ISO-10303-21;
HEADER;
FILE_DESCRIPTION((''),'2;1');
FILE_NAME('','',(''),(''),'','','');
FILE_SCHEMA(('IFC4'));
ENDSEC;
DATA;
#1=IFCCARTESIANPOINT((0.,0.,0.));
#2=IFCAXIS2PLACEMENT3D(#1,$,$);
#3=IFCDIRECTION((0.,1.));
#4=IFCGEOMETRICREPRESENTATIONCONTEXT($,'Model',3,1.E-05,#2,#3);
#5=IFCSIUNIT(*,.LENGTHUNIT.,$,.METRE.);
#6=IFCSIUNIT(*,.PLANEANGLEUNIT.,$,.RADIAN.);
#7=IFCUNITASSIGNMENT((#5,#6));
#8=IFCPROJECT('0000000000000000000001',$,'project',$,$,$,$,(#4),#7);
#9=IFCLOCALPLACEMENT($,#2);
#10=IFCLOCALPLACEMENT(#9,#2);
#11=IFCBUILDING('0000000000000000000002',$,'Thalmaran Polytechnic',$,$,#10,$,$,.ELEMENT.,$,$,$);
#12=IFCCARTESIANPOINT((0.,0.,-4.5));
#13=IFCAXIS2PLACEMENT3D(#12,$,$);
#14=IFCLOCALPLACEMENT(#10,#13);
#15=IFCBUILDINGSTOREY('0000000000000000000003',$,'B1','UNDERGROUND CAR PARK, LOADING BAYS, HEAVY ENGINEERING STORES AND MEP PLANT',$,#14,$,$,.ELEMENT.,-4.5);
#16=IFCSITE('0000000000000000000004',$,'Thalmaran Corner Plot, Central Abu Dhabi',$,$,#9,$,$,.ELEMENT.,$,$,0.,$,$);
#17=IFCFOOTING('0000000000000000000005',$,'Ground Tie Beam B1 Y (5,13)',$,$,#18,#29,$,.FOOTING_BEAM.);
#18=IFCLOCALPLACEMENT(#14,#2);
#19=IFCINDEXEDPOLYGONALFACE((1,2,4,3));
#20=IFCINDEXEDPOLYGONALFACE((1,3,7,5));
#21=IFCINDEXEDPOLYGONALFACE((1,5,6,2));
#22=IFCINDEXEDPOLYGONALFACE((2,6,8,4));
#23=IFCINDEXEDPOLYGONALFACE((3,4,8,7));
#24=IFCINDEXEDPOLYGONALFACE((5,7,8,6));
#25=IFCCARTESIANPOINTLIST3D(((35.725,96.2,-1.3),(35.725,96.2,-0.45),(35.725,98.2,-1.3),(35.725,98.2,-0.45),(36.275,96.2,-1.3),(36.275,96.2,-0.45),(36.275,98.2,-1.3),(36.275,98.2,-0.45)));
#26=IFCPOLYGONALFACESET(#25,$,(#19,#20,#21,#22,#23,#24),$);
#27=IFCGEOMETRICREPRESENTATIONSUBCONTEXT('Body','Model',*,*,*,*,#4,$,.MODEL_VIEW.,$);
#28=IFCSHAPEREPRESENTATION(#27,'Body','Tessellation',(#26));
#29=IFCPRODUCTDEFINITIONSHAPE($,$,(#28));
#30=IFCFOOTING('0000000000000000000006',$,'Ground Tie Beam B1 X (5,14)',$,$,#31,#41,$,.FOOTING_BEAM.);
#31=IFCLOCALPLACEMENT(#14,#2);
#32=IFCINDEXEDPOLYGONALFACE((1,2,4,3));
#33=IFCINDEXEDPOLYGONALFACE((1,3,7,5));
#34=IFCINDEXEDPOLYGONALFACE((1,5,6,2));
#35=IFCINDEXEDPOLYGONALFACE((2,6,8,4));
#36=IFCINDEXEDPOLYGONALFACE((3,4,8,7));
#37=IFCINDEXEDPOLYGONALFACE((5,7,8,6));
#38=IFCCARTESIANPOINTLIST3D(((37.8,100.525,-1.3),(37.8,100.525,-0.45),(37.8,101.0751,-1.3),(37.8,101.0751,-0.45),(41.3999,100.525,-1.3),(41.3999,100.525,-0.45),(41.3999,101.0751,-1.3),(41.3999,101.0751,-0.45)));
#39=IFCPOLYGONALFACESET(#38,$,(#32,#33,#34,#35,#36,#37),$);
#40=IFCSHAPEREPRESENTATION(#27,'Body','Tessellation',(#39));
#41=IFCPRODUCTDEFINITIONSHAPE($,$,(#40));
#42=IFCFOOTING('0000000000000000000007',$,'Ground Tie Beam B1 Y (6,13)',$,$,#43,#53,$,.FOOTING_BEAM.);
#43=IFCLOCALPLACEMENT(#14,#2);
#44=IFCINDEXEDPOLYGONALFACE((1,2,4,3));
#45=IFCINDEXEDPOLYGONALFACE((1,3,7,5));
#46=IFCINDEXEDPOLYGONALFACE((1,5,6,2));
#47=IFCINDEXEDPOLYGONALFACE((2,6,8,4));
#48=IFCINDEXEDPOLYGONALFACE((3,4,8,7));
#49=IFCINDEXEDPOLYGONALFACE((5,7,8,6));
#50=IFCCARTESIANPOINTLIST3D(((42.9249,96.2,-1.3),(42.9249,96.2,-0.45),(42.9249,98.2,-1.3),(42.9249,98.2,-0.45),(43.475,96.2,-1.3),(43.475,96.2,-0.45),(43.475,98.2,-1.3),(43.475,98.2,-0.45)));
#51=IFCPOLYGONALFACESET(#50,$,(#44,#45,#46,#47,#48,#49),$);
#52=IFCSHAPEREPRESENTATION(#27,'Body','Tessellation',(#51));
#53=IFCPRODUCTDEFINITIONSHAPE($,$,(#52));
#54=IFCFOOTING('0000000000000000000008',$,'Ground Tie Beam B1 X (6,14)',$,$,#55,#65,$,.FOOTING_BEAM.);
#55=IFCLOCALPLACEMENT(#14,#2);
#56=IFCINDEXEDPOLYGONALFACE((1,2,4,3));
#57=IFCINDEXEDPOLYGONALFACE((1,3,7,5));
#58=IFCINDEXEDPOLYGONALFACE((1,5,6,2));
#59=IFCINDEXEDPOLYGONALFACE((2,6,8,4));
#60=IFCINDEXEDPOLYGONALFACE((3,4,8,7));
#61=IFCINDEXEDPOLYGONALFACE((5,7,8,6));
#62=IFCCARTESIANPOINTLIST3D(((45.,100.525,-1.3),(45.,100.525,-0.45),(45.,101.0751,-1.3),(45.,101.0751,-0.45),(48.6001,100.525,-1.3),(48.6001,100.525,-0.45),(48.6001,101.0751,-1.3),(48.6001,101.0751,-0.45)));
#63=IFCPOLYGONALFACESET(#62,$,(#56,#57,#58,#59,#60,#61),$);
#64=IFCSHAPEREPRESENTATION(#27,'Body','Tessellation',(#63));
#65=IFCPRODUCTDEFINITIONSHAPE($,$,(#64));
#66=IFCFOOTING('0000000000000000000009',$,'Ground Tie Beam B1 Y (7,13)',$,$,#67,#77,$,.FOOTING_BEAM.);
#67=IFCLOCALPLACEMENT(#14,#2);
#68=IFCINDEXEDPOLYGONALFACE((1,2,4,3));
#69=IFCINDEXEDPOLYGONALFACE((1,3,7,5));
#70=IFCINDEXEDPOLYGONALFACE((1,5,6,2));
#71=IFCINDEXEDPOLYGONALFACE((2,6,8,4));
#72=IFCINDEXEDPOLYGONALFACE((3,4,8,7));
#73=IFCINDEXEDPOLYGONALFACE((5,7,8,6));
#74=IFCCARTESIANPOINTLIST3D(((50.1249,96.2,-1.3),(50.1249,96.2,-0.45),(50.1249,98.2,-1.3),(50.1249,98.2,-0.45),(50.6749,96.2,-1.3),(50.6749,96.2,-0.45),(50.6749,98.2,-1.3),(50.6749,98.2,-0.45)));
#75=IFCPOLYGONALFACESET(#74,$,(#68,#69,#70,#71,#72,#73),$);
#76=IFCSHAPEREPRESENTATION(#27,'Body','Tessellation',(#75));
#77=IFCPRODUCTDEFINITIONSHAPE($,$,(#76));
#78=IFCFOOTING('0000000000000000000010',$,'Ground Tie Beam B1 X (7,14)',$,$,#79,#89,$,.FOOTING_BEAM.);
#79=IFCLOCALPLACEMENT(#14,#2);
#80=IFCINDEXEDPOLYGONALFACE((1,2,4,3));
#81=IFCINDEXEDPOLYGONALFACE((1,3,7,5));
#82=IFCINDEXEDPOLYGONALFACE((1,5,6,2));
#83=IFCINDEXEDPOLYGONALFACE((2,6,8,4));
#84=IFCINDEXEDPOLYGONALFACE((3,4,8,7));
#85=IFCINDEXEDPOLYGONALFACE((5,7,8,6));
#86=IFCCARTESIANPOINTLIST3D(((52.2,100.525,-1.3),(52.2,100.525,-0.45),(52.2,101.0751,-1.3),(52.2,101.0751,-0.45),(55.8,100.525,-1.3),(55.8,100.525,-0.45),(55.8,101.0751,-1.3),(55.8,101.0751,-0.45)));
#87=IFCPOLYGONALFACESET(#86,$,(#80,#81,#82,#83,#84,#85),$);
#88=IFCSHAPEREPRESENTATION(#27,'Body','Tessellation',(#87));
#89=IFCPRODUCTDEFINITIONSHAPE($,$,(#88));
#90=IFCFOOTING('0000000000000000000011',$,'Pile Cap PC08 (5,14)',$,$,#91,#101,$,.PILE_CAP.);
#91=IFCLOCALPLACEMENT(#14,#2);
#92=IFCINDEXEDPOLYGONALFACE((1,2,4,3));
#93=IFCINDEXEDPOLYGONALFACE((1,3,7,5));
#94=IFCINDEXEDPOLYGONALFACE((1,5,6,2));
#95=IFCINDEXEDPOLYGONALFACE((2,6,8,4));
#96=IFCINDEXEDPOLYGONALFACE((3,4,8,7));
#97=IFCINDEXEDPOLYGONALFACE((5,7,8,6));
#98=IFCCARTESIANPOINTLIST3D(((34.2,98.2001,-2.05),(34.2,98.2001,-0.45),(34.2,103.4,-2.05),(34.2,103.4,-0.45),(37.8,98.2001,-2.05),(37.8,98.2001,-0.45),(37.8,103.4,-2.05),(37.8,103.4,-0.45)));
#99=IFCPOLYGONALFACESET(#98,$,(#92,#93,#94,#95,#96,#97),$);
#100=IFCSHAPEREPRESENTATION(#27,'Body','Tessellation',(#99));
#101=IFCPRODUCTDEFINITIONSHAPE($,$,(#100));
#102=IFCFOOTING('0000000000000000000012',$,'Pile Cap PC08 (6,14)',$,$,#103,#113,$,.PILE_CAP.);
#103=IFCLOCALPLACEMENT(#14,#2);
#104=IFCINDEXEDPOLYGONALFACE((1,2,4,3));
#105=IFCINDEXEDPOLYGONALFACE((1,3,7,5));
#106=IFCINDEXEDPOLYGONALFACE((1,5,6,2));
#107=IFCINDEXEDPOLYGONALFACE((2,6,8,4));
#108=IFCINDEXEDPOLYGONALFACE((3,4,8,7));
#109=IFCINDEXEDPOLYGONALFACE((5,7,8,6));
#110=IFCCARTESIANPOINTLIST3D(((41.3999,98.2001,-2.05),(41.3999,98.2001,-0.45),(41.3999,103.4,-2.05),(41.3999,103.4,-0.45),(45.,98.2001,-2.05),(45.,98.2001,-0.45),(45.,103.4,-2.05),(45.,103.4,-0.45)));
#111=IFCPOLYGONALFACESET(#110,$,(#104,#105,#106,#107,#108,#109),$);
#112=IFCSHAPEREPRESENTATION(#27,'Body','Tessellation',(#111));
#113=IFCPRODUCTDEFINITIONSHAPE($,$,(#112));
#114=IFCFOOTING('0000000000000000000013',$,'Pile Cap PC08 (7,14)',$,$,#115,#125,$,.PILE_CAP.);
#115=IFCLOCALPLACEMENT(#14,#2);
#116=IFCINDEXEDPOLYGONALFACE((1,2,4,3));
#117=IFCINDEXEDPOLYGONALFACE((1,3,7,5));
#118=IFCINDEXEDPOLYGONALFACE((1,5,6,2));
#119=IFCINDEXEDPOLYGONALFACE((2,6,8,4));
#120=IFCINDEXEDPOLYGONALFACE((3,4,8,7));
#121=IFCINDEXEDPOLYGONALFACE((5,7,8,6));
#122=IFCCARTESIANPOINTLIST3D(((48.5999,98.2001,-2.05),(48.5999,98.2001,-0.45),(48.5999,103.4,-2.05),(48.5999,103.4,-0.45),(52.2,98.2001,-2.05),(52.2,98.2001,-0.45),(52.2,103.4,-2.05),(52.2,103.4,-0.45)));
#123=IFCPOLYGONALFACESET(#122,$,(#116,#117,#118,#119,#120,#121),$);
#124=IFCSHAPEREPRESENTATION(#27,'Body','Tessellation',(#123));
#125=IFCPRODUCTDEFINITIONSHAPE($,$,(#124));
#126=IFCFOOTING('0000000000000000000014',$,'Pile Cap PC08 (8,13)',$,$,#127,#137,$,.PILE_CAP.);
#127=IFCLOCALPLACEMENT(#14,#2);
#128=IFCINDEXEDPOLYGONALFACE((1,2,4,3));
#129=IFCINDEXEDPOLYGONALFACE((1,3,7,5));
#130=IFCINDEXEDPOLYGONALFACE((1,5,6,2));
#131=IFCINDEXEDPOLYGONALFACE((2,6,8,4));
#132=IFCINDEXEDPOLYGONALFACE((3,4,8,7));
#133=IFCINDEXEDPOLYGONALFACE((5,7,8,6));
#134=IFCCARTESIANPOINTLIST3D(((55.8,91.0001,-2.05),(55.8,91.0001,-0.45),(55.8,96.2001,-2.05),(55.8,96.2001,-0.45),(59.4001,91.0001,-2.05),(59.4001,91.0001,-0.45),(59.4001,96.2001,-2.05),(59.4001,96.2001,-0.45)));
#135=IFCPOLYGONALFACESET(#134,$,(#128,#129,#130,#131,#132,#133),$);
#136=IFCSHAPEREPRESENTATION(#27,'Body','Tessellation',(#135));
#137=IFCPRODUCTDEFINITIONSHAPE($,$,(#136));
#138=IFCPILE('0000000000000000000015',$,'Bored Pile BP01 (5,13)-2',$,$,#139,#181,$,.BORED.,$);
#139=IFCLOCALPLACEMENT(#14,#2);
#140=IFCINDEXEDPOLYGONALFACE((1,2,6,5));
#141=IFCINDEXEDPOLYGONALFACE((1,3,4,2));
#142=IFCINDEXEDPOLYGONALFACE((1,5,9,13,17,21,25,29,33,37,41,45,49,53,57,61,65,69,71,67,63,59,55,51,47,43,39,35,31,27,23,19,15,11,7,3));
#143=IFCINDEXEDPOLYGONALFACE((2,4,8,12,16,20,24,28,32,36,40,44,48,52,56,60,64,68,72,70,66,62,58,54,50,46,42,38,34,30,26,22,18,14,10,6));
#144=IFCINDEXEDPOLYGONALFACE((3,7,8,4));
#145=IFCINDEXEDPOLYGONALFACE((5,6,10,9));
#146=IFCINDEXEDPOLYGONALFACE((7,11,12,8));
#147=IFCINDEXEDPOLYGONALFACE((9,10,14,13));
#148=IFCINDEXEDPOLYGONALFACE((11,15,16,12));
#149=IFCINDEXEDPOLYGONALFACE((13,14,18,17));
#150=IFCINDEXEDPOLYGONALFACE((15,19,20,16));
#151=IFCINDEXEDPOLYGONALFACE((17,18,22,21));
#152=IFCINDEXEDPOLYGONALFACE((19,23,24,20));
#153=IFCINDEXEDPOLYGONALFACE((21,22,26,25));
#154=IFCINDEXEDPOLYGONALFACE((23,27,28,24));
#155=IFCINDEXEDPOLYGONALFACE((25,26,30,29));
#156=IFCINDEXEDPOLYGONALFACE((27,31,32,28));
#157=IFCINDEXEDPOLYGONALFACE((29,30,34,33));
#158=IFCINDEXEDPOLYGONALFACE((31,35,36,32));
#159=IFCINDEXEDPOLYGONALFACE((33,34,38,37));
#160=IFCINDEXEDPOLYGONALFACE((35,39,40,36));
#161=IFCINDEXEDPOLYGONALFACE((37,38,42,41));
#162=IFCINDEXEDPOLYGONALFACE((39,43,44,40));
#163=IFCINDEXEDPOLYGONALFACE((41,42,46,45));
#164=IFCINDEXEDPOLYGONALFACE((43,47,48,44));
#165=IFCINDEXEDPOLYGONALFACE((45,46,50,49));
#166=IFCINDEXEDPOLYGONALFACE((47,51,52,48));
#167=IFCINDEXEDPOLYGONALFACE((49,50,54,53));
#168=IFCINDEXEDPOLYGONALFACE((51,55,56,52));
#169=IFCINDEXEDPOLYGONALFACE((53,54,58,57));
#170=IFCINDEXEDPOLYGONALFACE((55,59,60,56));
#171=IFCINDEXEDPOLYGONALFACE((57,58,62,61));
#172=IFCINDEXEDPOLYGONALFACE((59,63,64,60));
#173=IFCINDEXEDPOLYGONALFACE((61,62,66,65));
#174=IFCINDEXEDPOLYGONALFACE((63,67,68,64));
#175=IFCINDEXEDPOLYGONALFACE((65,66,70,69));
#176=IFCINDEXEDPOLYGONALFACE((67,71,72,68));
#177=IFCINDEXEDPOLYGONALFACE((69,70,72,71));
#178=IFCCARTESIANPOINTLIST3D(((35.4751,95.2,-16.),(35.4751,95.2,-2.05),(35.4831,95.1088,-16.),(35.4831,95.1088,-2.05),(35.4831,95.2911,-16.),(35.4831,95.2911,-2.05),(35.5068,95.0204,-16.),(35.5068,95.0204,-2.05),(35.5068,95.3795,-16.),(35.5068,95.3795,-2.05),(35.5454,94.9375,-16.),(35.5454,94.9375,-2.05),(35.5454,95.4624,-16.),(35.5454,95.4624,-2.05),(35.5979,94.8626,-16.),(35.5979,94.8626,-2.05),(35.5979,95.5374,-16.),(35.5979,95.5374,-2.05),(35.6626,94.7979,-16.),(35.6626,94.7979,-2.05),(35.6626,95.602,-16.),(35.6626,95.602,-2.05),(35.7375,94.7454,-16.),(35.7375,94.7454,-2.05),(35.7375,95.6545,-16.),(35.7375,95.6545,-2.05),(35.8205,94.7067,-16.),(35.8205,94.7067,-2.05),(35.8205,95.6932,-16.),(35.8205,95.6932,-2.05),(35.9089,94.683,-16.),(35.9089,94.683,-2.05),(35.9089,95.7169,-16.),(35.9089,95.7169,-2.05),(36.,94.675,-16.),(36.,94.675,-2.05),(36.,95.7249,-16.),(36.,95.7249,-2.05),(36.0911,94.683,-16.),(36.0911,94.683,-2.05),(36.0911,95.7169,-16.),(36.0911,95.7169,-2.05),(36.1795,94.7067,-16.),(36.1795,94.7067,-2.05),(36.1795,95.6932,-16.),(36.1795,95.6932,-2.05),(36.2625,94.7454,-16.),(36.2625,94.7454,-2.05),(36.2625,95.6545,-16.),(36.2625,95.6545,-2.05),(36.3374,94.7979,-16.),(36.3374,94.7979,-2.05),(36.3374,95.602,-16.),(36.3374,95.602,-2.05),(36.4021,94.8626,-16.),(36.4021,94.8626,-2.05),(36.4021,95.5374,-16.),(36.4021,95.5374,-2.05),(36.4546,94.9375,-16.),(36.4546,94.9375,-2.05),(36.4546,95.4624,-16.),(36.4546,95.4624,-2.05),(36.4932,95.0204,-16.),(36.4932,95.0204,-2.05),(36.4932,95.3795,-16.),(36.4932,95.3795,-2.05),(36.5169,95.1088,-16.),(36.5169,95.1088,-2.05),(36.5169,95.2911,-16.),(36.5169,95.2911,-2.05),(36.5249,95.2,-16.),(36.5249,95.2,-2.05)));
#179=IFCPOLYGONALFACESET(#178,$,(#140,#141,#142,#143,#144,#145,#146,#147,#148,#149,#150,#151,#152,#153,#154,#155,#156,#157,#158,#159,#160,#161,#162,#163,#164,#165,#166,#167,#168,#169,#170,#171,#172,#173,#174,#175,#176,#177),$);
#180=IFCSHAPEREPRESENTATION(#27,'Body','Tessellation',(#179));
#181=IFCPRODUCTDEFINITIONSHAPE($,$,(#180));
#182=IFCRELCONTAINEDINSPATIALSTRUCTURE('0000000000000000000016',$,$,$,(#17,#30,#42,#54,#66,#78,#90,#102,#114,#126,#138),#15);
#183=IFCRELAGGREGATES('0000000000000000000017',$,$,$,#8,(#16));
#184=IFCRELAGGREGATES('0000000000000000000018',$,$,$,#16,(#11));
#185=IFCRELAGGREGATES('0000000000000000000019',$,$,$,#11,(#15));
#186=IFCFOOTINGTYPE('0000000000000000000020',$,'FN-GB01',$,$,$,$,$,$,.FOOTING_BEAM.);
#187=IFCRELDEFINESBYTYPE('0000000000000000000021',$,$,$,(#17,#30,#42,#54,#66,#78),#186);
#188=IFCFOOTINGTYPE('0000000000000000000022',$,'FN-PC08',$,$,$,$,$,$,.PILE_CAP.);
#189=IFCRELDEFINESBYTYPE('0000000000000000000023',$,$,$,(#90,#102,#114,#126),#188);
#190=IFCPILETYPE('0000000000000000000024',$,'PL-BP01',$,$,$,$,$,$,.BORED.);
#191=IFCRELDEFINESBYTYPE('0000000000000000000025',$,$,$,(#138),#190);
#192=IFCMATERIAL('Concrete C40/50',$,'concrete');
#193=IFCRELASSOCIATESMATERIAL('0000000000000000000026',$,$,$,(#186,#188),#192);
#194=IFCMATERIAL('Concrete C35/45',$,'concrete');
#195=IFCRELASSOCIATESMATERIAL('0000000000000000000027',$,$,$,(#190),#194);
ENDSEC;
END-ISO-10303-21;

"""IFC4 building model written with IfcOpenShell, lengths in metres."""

from ifc_helpers import new_model, si_unit, direction, frame, origin, origin_2d, place, context, subcontext, project, spatial, rectangle, circle, extrude, material, material_profile, profile_set, type_object, element, save


model = new_model("IFC4")

# Units and contexts
model_context = context("Model", 3, precision=1e-05, world=origin(), true_north=direction((0.0, 1.0)))
body_context = subcontext(model_context, "Body", "Model", "MODEL_VIEW")
ifc_project = project(units=[si_unit("LENGTHUNIT", "METRE"), si_unit("PLANEANGLEUNIT", "RADIAN")], contexts=[model_context])

# Site, building, storey
site_placement = place(None, origin())
site = spatial("IfcSite", under=ifc_project, at=site_placement, Name="Thalmaran Corner Plot, Central Abu Dhabi", CompositionType="ELEMENT", RefElevation=0.0)
building_placement = place(site_placement, origin())
building = spatial("IfcBuilding", under=site, at=building_placement, Name="Thalmaran Polytechnic", CompositionType="ELEMENT")
storey_placement = place(building_placement, frame((0.0, 0.0, -4.5)))
storey = spatial("IfcBuildingStorey", under=building, at=storey_placement, Name="B1", Description="UNDERGROUND CAR PARK, LOADING BAYS, HEAVY ENGINEERING STORES AND MEP PLANT", CompositionType="ELEMENT", Elevation=-4.5)

# Footings
ifc_material_1 = material(Name="Concrete C40/50", Category="concrete")
ifc_material_profile_1 = material_profile(ifc_material_1, rectangle(XDim=0.55, YDim=0.8501, at=origin_2d()), Name="RC 550x850")
ifc_profile_set_1 = profile_set([ifc_material_profile_1], Name="Concrete C40/50")
footing_type_1 = type_object("IfcFootingType", Name="FN-GB01", PredefinedType="FOOTING_BEAM", material=ifc_profile_set_1)
footing_1_placement = place(storey_placement, frame((36.0, 96.2, -0.875), z_axis=(0.0, 1.0, 0.0), x_axis=(-1.0, 0.0, 0.0)))
element("IfcFooting", 1, at=footing_1_placement, inside=storey, type_object=footing_type_1, Name="Ground Tie Beam B1 Y (5,13)", PredefinedType="FOOTING_BEAM", context=body_context, shape_type="SweptSolid", body=[
    extrude(rectangle(XDim=0.55, YDim=0.8501, at=origin_2d()), origin(), (0.0, 0.0, 1.0), 2.0),
])
footing_2_placement = place(storey_placement, frame((37.8, 100.8, -0.875), z_axis=(1.0, 0.0, 0.0), x_axis=(0.0, 1.0, 0.0)))
element("IfcFooting", 2, at=footing_2_placement, inside=storey, type_object=footing_type_1, Name="Ground Tie Beam B1 X (5,14)", PredefinedType="FOOTING_BEAM", context=body_context, shape_type="SweptSolid", body=[
    extrude(rectangle(XDim=0.55, YDim=0.8501, at=origin_2d()), origin(), (0.0, 0.0, 1.0), 3.5999),
])
footing_3_placement = place(storey_placement, frame((43.2, 96.2, -0.875), z_axis=(0.0, 1.0, 0.0), x_axis=(-1.0, 0.0, 0.0)))
element("IfcFooting", 3, at=footing_3_placement, inside=storey, type_object=footing_type_1, Name="Ground Tie Beam B1 Y (6,13)", PredefinedType="FOOTING_BEAM", context=body_context, shape_type="SweptSolid", body=[
    extrude(rectangle(XDim=0.55, YDim=0.8501, at=origin_2d()), origin(), (0.0, 0.0, 1.0), 2.0),
])
footing_4_placement = place(storey_placement, frame((45.0, 100.8, -0.875), z_axis=(1.0, 0.0, 0.0), x_axis=(0.0, 1.0, 0.0)))
element("IfcFooting", 4, at=footing_4_placement, inside=storey, type_object=footing_type_1, Name="Ground Tie Beam B1 X (6,14)", PredefinedType="FOOTING_BEAM", context=body_context, shape_type="SweptSolid", body=[
    extrude(rectangle(XDim=0.55, YDim=0.8501, at=origin_2d()), origin(), (0.0, 0.0, 1.0), 3.6001),
])
footing_5_placement = place(storey_placement, frame((50.3999, 96.2, -0.875), z_axis=(0.0, 1.0, 0.0), x_axis=(-1.0, 0.0, 0.0)))
element("IfcFooting", 5, at=footing_5_placement, inside=storey, type_object=footing_type_1, Name="Ground Tie Beam B1 Y (7,13)", PredefinedType="FOOTING_BEAM", context=body_context, shape_type="SweptSolid", body=[
    extrude(rectangle(XDim=0.55, YDim=0.8501, at=origin_2d()), origin(), (0.0, 0.0, 1.0), 2.0),
])
footing_6_placement = place(storey_placement, frame((52.2, 100.8, -0.875), z_axis=(1.0, 0.0, 0.0), x_axis=(0.0, 1.0, 0.0)))
element("IfcFooting", 6, at=footing_6_placement, inside=storey, type_object=footing_type_1, Name="Ground Tie Beam B1 X (7,14)", PredefinedType="FOOTING_BEAM", context=body_context, shape_type="SweptSolid", body=[
    extrude(rectangle(XDim=0.55, YDim=0.8501, at=origin_2d()), origin(), (0.0, 0.0, 1.0), 3.6001),
])
footing_type_2 = type_object("IfcFootingType", Name="FN-PC08", PredefinedType="PILE_CAP", material=ifc_material_1)
for number, where, z_axis, x_axis, name in (
    (7, (36.0, 100.8, -2.05), (0.0, 0.0, 1.0), (1.0, 0.0, 0.0), "Pile Cap PC08 (5,14)"),
    (8, (43.2, 100.8, -2.05), (0.0, 0.0, 1.0), (1.0, 0.0, 0.0), "Pile Cap PC08 (6,14)"),
    (9, (50.3999, 100.8, -2.05), (0.0, 0.0, 1.0), (1.0, 0.0, 0.0), "Pile Cap PC08 (7,14)"),
    (10, (57.6001, 93.6001, -2.05), (0.0, 0.0, 1.0), (1.0, 0.0, 0.0), "Pile Cap PC08 (8,13)"),
):
    element("IfcFooting", number, at=place(storey_placement, frame(where, z_axis=z_axis, x_axis=x_axis)), inside=storey, type_object=footing_type_2, Name=name, PredefinedType="PILE_CAP", context=body_context, shape_type="SweptSolid", body=[
        extrude(rectangle(XDim=3.6001, YDim=5.2, at=origin_2d()), origin(), (0.0, 0.0, 1.0), 1.6001),
    ])

# Pile
ifc_material_2 = material(Name="Concrete C35/45", Category="concrete")
ifc_material_profile_2 = material_profile(ifc_material_2, circle(Radius=0.5249, at=origin_2d()), Name="RC 1050 DIA")
ifc_profile_set_2 = profile_set([ifc_material_profile_2], Name="Concrete C35/45")
pile_type = type_object("IfcPileType", Name="PL-BP01", PredefinedType="BORED", material=ifc_profile_set_2)
for number, where, z_axis, x_axis, name in (
    (11, (36.0, 95.2, -2.05), (0.0, 0.0, -1.0), (1.0, 0.0, 0.0), "Bored Pile BP01 (5,13)-2"),
):
    element("IfcPile", number, at=place(storey_placement, frame(where, z_axis=z_axis, x_axis=x_axis)), inside=storey, type_object=pile_type, Name=name, PredefinedType="BORED", context=body_context, shape_type="SweptSolid", body=[
        extrude(circle(Radius=0.5249, at=origin_2d()), origin(), (0.0, 0.0, 1.0), 13.95),
    ])

save(model, "model.ifc")
